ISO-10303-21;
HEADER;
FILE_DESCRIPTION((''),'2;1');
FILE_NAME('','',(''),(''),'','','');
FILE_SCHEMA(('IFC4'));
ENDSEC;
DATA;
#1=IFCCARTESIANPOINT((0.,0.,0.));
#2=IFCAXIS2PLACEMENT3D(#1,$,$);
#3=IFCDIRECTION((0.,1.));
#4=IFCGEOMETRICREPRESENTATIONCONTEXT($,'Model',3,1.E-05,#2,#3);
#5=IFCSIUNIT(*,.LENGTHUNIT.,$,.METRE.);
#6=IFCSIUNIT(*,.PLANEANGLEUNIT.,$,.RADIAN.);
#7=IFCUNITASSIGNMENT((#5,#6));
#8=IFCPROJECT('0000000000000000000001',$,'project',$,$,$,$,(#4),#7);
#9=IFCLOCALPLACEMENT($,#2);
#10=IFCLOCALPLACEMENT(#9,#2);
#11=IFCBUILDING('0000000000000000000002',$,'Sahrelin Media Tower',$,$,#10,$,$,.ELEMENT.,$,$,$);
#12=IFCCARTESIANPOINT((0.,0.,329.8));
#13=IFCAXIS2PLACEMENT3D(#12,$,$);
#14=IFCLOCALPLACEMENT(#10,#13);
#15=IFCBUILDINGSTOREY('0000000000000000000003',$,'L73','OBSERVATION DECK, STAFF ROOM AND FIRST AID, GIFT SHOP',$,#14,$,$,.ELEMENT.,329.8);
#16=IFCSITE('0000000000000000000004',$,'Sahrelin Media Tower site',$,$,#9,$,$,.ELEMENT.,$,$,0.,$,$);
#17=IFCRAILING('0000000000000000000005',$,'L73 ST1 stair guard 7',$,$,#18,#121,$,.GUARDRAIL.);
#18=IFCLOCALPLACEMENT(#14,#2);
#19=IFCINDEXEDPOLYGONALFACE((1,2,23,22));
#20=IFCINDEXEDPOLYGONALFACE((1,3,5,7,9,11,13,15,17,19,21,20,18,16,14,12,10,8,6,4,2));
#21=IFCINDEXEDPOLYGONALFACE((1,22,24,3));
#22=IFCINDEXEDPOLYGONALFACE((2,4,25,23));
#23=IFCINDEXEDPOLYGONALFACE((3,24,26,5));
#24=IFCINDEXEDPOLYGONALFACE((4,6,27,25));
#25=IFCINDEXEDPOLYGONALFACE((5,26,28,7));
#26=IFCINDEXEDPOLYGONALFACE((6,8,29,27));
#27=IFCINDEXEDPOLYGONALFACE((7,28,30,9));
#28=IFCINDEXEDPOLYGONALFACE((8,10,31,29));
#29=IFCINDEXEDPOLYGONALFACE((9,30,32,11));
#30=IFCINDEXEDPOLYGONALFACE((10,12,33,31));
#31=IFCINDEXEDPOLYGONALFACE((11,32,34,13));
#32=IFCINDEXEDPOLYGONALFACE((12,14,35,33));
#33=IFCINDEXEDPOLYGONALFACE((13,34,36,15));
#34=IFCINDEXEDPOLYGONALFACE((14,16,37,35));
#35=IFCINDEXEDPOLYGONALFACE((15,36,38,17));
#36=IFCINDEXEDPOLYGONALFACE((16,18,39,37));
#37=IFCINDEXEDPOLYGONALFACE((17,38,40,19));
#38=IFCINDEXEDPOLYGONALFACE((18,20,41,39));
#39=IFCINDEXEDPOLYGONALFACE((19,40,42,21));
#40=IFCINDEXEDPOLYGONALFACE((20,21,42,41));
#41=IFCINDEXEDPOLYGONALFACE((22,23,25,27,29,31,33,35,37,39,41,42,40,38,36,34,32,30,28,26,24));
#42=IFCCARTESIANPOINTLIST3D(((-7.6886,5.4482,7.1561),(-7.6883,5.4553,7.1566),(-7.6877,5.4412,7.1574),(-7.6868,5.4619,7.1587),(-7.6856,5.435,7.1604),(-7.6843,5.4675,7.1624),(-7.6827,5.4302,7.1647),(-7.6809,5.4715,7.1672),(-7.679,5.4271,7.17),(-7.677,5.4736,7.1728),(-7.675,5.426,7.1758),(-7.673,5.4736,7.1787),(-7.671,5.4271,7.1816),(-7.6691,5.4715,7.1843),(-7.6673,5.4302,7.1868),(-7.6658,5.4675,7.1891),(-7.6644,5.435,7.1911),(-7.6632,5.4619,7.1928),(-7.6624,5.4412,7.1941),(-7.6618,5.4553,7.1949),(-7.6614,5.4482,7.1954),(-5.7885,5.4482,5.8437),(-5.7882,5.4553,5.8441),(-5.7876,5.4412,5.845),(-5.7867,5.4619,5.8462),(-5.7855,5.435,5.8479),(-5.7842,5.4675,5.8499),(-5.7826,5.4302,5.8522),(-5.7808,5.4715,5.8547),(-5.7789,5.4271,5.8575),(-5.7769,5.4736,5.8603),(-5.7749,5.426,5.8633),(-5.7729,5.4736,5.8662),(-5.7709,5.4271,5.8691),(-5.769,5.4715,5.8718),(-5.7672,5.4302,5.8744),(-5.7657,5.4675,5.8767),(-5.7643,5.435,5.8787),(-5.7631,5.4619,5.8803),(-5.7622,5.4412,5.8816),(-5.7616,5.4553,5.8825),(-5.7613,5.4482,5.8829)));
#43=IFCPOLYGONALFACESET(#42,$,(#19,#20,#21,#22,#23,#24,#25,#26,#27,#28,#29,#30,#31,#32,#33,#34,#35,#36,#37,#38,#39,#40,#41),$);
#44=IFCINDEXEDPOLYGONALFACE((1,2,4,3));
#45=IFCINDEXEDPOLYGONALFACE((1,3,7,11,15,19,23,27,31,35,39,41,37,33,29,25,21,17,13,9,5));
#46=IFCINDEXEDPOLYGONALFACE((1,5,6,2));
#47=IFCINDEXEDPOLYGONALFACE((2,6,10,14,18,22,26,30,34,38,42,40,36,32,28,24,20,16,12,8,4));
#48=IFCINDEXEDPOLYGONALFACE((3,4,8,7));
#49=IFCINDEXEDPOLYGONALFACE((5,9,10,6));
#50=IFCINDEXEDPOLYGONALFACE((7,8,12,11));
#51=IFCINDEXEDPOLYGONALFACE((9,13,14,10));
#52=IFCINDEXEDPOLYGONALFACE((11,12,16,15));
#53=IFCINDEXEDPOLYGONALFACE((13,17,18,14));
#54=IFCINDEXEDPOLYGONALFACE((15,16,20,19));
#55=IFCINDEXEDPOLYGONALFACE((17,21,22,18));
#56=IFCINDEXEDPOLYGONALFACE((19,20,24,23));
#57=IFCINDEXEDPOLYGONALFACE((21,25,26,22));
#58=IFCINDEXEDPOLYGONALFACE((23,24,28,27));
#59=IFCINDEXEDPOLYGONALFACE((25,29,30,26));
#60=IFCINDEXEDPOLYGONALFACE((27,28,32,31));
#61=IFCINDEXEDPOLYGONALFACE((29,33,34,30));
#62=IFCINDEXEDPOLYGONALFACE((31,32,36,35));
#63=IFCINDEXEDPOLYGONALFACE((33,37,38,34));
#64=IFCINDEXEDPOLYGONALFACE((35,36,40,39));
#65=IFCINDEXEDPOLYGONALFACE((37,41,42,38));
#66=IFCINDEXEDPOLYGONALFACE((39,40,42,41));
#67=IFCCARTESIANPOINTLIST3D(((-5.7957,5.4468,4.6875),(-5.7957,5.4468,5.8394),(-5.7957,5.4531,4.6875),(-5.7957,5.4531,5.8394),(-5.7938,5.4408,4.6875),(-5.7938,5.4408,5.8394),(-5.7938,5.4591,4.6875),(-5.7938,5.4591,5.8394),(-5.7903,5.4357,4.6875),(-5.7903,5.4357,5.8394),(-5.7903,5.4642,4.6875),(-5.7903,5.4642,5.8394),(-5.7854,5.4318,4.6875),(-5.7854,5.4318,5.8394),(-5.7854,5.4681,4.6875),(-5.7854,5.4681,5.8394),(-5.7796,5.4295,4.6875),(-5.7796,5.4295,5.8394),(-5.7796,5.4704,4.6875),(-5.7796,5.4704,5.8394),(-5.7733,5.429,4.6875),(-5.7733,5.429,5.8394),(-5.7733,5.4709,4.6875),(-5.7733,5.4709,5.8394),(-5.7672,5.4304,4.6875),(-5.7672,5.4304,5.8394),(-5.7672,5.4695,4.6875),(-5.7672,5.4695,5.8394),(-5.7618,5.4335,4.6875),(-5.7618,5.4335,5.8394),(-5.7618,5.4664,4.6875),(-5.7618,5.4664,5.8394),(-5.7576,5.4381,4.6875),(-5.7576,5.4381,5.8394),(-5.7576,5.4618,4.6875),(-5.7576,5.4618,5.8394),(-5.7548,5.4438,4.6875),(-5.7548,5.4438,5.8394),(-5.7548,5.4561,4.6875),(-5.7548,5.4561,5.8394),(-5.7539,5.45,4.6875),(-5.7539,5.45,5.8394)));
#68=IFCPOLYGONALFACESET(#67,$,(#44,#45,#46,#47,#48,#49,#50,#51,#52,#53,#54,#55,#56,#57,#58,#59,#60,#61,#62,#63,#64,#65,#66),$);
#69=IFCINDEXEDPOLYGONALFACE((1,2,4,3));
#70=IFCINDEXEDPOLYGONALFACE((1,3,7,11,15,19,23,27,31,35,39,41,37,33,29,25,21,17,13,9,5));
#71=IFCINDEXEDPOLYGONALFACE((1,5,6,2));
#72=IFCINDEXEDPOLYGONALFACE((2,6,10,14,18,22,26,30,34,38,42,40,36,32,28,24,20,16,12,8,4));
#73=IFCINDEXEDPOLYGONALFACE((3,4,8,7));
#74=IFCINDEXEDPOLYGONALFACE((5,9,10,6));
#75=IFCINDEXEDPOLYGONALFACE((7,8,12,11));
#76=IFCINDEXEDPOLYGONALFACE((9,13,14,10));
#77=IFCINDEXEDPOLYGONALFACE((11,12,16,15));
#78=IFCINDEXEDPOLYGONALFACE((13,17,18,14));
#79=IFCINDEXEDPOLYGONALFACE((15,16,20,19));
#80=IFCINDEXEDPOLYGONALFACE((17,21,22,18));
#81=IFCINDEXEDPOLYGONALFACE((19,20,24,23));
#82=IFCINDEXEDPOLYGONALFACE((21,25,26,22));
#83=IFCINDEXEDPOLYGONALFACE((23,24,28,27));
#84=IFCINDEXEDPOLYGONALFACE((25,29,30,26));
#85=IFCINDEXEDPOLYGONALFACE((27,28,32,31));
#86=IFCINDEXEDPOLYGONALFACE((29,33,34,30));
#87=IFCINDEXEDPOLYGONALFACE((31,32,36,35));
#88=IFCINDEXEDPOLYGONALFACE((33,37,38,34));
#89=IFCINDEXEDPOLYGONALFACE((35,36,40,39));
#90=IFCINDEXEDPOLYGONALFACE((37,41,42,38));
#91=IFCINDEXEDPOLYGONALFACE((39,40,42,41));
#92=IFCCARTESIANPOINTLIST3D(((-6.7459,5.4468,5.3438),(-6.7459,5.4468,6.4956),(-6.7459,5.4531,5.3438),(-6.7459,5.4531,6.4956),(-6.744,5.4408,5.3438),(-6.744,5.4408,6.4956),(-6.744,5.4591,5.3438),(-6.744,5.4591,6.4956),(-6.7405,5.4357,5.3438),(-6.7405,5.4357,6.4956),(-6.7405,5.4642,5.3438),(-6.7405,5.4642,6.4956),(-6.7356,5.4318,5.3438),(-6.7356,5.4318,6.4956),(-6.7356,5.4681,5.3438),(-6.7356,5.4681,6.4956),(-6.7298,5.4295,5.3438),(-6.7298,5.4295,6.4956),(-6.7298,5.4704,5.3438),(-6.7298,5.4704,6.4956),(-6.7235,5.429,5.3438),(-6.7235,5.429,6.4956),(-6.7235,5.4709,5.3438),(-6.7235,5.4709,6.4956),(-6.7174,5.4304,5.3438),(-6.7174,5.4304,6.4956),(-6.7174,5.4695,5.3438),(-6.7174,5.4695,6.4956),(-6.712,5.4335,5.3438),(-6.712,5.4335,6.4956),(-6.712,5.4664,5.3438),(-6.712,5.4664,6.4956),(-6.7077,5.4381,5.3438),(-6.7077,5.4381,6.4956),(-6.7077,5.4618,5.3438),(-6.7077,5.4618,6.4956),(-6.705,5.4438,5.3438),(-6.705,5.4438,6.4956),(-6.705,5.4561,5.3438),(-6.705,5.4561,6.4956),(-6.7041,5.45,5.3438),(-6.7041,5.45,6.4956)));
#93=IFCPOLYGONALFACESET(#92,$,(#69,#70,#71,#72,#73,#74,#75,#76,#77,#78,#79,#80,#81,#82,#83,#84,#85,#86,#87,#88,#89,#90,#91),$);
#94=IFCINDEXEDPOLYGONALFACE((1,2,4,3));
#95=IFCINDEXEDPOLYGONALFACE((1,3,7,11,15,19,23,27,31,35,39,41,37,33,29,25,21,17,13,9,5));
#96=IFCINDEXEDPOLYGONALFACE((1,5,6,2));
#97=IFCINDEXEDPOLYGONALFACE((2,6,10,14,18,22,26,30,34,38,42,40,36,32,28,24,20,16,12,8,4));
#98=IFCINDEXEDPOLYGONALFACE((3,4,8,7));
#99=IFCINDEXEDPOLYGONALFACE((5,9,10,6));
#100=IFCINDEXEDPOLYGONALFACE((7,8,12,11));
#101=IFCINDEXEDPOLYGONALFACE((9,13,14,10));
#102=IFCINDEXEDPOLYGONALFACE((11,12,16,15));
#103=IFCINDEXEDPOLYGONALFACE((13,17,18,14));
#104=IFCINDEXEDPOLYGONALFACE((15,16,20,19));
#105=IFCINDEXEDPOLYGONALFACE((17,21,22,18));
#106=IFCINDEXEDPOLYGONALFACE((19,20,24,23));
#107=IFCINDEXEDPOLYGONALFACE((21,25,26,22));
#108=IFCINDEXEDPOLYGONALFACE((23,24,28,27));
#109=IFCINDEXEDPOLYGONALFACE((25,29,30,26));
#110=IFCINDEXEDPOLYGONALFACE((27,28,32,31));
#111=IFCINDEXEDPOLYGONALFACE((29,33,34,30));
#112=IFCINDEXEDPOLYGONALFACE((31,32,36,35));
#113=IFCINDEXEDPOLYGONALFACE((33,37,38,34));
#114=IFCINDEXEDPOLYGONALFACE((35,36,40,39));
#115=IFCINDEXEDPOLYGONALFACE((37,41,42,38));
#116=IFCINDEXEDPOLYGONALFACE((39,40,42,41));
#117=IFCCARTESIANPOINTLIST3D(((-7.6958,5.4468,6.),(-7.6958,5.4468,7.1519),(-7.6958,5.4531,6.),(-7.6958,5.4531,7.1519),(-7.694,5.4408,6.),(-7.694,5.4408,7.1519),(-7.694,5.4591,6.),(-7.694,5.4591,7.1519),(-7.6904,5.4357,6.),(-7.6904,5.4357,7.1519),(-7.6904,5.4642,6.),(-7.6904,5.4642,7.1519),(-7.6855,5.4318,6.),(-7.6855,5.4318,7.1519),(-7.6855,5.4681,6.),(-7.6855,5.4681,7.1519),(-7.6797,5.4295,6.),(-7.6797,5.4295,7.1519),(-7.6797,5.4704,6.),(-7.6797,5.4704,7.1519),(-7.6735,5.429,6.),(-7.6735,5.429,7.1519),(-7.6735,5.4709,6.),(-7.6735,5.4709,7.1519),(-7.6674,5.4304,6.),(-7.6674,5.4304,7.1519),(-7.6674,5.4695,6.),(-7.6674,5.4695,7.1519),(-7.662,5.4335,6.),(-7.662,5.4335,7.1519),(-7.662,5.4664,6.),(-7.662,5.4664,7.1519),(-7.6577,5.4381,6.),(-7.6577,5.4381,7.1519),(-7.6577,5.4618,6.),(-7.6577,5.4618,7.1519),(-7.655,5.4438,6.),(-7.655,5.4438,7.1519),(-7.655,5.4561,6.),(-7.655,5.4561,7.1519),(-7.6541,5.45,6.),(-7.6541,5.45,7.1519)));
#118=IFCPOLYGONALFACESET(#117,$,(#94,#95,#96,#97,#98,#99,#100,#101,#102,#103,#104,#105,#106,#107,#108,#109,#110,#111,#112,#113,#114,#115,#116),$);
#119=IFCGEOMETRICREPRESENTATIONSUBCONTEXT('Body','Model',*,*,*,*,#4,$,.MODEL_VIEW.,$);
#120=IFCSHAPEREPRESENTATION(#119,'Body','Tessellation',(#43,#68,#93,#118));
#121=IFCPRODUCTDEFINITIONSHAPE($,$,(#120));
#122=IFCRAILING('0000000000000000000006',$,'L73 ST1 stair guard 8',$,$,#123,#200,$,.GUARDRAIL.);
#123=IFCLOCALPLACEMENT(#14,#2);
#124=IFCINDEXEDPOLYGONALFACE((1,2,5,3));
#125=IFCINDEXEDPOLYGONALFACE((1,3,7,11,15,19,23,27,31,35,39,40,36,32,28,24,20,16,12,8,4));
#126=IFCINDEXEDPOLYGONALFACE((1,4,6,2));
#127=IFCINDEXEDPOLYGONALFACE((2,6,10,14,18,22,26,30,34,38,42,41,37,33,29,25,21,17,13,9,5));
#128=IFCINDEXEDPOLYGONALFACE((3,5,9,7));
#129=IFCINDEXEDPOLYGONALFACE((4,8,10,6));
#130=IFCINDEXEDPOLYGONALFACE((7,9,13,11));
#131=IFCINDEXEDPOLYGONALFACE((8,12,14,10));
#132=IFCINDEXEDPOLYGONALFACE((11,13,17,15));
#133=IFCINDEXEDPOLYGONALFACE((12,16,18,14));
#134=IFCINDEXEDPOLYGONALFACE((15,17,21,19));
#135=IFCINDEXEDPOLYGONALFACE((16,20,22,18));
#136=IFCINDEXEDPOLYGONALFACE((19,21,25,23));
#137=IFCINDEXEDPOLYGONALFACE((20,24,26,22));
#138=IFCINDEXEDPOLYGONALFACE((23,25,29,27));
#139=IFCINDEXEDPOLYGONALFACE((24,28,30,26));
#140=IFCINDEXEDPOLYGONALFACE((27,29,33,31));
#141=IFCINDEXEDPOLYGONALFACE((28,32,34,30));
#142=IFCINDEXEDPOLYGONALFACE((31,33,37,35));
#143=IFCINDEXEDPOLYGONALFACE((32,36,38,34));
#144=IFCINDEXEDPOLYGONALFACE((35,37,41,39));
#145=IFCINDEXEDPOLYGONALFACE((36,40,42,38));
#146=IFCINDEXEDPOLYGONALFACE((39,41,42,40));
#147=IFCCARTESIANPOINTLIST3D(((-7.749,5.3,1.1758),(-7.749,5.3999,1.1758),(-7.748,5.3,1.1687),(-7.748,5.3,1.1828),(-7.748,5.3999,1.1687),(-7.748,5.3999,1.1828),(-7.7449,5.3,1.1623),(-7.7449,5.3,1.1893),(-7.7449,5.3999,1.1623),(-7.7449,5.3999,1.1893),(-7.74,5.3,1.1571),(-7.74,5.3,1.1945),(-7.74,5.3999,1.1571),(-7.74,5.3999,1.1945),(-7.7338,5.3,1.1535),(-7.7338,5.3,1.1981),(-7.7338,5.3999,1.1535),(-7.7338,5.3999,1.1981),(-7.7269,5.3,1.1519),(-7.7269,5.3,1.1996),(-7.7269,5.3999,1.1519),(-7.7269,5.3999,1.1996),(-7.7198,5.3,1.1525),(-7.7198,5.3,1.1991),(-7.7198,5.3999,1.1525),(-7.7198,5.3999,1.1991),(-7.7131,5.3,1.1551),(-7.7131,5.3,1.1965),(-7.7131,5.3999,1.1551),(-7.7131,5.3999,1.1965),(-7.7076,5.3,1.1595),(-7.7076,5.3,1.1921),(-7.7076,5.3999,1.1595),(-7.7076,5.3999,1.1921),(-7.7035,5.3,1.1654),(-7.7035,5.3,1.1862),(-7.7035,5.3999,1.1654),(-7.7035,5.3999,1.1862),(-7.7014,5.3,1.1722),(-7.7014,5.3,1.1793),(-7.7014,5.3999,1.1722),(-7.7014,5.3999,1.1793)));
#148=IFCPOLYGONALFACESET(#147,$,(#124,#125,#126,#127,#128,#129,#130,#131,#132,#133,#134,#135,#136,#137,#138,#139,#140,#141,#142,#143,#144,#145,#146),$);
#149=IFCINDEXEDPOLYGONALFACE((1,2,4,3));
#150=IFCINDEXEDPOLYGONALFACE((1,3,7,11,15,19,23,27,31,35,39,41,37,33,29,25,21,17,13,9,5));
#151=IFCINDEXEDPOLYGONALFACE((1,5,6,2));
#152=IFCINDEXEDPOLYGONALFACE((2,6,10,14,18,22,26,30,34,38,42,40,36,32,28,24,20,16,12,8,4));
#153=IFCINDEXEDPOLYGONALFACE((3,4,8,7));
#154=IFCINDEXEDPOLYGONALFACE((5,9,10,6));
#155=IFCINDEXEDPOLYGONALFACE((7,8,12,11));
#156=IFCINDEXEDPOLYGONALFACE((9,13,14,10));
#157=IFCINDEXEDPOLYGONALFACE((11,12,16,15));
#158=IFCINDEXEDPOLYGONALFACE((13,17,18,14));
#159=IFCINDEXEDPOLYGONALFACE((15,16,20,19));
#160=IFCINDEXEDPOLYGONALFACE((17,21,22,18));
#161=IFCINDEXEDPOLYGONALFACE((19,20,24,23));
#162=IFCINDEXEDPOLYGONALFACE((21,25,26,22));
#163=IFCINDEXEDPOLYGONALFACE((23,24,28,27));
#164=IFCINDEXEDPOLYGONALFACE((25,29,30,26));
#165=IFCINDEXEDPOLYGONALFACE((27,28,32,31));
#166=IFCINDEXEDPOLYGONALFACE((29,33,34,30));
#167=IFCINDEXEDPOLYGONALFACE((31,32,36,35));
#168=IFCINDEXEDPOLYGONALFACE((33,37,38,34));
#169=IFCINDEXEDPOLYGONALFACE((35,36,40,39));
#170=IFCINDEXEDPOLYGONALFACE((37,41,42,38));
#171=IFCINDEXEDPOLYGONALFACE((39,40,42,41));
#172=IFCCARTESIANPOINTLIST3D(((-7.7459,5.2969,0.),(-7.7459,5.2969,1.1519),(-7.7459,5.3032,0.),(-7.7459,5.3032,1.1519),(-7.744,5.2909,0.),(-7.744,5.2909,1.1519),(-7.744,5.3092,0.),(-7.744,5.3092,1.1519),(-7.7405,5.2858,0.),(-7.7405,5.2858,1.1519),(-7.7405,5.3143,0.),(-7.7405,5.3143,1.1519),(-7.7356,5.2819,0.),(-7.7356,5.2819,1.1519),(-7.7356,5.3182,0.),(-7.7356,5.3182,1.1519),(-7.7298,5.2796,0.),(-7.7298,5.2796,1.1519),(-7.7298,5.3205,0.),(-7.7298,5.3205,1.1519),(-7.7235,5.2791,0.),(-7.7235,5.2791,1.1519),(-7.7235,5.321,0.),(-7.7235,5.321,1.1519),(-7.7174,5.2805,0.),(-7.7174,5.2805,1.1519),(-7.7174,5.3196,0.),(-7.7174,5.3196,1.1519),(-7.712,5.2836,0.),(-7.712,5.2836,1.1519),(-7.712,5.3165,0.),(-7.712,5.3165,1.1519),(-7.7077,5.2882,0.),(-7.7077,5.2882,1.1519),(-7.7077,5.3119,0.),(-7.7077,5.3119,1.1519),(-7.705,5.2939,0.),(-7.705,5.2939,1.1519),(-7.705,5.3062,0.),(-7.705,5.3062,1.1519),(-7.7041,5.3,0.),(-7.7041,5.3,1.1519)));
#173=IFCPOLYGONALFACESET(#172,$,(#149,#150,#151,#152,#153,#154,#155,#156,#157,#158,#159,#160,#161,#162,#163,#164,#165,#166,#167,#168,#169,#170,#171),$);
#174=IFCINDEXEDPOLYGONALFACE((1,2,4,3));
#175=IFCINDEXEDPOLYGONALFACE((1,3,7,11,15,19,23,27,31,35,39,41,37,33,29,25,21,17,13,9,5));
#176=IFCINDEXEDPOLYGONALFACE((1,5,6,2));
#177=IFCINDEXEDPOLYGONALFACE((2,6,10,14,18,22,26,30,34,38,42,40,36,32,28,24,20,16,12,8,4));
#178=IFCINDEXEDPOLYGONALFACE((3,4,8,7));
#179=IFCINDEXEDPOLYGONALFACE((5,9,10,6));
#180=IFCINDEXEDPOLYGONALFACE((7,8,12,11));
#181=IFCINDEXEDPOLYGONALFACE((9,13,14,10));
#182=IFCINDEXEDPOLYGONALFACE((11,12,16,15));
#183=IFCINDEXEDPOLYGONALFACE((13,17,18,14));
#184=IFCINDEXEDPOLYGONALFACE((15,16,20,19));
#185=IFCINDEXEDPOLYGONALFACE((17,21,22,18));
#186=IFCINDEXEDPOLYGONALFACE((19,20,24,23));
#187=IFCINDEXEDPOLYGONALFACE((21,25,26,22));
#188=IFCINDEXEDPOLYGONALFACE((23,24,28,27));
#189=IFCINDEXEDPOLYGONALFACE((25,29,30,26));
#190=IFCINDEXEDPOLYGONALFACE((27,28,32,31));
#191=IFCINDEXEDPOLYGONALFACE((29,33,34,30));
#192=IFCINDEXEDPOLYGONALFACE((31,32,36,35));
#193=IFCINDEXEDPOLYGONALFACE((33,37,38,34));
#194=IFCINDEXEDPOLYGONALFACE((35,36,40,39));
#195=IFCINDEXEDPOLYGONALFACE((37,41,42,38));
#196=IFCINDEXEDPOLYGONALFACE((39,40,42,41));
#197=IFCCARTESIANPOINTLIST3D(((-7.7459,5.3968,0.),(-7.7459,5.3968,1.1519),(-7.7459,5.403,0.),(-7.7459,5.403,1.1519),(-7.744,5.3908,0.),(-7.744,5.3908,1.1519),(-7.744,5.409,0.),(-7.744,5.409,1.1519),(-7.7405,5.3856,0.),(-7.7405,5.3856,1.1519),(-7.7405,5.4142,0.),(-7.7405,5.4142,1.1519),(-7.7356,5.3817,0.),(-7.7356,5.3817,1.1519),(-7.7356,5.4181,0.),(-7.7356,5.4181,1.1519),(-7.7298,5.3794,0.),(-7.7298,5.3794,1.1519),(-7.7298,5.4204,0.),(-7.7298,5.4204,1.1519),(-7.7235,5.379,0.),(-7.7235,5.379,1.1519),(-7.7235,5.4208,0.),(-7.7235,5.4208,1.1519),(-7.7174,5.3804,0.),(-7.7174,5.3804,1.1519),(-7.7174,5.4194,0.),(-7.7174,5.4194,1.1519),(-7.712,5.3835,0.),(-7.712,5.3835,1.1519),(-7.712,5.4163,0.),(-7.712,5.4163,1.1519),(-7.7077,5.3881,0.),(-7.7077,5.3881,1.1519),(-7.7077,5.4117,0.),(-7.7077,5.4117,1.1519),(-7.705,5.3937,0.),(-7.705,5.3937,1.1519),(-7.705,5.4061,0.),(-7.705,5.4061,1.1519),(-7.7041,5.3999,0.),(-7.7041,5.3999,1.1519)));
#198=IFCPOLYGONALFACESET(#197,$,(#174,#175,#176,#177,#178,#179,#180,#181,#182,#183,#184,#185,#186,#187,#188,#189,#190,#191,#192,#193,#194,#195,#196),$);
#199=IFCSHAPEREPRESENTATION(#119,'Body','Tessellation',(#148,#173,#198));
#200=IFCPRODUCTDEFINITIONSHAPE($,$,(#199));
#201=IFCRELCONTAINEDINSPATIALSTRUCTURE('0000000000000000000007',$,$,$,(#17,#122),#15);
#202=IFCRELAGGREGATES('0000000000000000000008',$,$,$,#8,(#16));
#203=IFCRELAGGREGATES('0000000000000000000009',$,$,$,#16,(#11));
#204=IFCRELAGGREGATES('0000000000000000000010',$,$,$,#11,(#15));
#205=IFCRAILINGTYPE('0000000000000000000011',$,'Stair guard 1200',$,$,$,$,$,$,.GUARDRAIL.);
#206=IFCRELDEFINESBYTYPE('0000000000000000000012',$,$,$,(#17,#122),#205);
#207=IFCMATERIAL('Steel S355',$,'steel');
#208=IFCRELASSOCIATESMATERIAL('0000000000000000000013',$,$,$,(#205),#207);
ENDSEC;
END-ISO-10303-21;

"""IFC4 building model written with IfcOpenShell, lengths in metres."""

from ifc_helpers import new_model, si_unit, direction, frame, origin, origin_2d, place, context, subcontext, project, spatial, circle, extrude, material, type_object, element, save


model = new_model("IFC4")

# Units and contexts
model_context = context("Model", 3, precision=1e-05, world=origin(), true_north=direction((0.0, 1.0)))
body_context = subcontext(model_context, "Body", "Model", "MODEL_VIEW")
ifc_project = project(units=[si_unit("LENGTHUNIT", "METRE"), si_unit("PLANEANGLEUNIT", "RADIAN")], contexts=[model_context])

# Site, building, storey
site_placement = place(None, origin())
site = spatial("IfcSite", under=ifc_project, at=site_placement, Name="Sahrelin Media Tower site", CompositionType="ELEMENT", RefElevation=0.0)
building_placement = place(site_placement, origin())
building = spatial("IfcBuilding", under=site, at=building_placement, Name="Sahrelin Media Tower", CompositionType="ELEMENT")
storey_placement = place(building_placement, frame((0.0, 0.0, 329.8)))
storey = spatial("IfcBuildingStorey", under=building, at=storey_placement, Name="L73", Description="OBSERVATION DECK, STAFF ROOM AND FIRST AID, GIFT SHOP", CompositionType="ELEMENT", Elevation=329.8)

# Shared definitions
ifc_material_1 = material(Name="Steel S355", Category="steel")

# Railings
railing_type_1 = type_object("IfcRailingType", Name="Stair guard 1200", PredefinedType="GUARDRAIL", material=ifc_material_1)
railing_1_placement = place(storey_placement, frame((-5.7749, 5.45, 4.6875)))
element("IfcRailing", 1, at=railing_1_placement, inside=storey, type_object=railing_type_1, Name="L73 ST1 stair guard 7", PredefinedType="GUARDRAIL", context=body_context, shape_type="SweptSolid", body=[
    extrude(circle(Radius=0.0239, at=origin_2d()), frame((0.0, 0.0, 1.1758), z_axis=(-0.822797, 0.0, 0.568336), x_axis=(0.0, -1.0, 0.0)), (0.0, 0.0, 1.0), 2.3093),
    extrude(circle(Radius=0.021, at=origin_2d()), origin(), (0.0, 0.0, 1.0), 1.1519),
    extrude(circle(Radius=0.021, at=origin_2d()), frame((-0.9502, 0.0, 0.6562)), (0.0, 0.0, 1.0), 1.1519),
    extrude(circle(Radius=0.021, at=origin_2d()), frame((-1.9001, 0.0, 1.3125)), (0.0, 0.0, 1.0), 1.1519),
])
railing_2_placement = place(storey_placement, frame((-7.7251, 5.3, 0.0)))
element("IfcRailing", 2, at=railing_2_placement, inside=storey, type_object=railing_type_1, Name="L73 ST1 stair guard 8", PredefinedType="GUARDRAIL", context=body_context, shape_type="SweptSolid", body=[
    extrude(circle(Radius=0.0239, at=origin_2d()), frame((0.0, 0.0, 1.1758), z_axis=(0.0, 1.0, 0.0), x_axis=(-1.0, 0.0, 0.0)), (0.0, 0.0, 1.0), 0.0999),
    extrude(circle(Radius=0.021, at=origin_2d()), origin(), (0.0, 0.0, 1.0), 1.1519),
    extrude(circle(Radius=0.021, at=origin_2d()), frame((0.0, 0.0999, 0.0)), (0.0, 0.0, 1.0), 1.1519),
])

save(model, "model.ifc")
